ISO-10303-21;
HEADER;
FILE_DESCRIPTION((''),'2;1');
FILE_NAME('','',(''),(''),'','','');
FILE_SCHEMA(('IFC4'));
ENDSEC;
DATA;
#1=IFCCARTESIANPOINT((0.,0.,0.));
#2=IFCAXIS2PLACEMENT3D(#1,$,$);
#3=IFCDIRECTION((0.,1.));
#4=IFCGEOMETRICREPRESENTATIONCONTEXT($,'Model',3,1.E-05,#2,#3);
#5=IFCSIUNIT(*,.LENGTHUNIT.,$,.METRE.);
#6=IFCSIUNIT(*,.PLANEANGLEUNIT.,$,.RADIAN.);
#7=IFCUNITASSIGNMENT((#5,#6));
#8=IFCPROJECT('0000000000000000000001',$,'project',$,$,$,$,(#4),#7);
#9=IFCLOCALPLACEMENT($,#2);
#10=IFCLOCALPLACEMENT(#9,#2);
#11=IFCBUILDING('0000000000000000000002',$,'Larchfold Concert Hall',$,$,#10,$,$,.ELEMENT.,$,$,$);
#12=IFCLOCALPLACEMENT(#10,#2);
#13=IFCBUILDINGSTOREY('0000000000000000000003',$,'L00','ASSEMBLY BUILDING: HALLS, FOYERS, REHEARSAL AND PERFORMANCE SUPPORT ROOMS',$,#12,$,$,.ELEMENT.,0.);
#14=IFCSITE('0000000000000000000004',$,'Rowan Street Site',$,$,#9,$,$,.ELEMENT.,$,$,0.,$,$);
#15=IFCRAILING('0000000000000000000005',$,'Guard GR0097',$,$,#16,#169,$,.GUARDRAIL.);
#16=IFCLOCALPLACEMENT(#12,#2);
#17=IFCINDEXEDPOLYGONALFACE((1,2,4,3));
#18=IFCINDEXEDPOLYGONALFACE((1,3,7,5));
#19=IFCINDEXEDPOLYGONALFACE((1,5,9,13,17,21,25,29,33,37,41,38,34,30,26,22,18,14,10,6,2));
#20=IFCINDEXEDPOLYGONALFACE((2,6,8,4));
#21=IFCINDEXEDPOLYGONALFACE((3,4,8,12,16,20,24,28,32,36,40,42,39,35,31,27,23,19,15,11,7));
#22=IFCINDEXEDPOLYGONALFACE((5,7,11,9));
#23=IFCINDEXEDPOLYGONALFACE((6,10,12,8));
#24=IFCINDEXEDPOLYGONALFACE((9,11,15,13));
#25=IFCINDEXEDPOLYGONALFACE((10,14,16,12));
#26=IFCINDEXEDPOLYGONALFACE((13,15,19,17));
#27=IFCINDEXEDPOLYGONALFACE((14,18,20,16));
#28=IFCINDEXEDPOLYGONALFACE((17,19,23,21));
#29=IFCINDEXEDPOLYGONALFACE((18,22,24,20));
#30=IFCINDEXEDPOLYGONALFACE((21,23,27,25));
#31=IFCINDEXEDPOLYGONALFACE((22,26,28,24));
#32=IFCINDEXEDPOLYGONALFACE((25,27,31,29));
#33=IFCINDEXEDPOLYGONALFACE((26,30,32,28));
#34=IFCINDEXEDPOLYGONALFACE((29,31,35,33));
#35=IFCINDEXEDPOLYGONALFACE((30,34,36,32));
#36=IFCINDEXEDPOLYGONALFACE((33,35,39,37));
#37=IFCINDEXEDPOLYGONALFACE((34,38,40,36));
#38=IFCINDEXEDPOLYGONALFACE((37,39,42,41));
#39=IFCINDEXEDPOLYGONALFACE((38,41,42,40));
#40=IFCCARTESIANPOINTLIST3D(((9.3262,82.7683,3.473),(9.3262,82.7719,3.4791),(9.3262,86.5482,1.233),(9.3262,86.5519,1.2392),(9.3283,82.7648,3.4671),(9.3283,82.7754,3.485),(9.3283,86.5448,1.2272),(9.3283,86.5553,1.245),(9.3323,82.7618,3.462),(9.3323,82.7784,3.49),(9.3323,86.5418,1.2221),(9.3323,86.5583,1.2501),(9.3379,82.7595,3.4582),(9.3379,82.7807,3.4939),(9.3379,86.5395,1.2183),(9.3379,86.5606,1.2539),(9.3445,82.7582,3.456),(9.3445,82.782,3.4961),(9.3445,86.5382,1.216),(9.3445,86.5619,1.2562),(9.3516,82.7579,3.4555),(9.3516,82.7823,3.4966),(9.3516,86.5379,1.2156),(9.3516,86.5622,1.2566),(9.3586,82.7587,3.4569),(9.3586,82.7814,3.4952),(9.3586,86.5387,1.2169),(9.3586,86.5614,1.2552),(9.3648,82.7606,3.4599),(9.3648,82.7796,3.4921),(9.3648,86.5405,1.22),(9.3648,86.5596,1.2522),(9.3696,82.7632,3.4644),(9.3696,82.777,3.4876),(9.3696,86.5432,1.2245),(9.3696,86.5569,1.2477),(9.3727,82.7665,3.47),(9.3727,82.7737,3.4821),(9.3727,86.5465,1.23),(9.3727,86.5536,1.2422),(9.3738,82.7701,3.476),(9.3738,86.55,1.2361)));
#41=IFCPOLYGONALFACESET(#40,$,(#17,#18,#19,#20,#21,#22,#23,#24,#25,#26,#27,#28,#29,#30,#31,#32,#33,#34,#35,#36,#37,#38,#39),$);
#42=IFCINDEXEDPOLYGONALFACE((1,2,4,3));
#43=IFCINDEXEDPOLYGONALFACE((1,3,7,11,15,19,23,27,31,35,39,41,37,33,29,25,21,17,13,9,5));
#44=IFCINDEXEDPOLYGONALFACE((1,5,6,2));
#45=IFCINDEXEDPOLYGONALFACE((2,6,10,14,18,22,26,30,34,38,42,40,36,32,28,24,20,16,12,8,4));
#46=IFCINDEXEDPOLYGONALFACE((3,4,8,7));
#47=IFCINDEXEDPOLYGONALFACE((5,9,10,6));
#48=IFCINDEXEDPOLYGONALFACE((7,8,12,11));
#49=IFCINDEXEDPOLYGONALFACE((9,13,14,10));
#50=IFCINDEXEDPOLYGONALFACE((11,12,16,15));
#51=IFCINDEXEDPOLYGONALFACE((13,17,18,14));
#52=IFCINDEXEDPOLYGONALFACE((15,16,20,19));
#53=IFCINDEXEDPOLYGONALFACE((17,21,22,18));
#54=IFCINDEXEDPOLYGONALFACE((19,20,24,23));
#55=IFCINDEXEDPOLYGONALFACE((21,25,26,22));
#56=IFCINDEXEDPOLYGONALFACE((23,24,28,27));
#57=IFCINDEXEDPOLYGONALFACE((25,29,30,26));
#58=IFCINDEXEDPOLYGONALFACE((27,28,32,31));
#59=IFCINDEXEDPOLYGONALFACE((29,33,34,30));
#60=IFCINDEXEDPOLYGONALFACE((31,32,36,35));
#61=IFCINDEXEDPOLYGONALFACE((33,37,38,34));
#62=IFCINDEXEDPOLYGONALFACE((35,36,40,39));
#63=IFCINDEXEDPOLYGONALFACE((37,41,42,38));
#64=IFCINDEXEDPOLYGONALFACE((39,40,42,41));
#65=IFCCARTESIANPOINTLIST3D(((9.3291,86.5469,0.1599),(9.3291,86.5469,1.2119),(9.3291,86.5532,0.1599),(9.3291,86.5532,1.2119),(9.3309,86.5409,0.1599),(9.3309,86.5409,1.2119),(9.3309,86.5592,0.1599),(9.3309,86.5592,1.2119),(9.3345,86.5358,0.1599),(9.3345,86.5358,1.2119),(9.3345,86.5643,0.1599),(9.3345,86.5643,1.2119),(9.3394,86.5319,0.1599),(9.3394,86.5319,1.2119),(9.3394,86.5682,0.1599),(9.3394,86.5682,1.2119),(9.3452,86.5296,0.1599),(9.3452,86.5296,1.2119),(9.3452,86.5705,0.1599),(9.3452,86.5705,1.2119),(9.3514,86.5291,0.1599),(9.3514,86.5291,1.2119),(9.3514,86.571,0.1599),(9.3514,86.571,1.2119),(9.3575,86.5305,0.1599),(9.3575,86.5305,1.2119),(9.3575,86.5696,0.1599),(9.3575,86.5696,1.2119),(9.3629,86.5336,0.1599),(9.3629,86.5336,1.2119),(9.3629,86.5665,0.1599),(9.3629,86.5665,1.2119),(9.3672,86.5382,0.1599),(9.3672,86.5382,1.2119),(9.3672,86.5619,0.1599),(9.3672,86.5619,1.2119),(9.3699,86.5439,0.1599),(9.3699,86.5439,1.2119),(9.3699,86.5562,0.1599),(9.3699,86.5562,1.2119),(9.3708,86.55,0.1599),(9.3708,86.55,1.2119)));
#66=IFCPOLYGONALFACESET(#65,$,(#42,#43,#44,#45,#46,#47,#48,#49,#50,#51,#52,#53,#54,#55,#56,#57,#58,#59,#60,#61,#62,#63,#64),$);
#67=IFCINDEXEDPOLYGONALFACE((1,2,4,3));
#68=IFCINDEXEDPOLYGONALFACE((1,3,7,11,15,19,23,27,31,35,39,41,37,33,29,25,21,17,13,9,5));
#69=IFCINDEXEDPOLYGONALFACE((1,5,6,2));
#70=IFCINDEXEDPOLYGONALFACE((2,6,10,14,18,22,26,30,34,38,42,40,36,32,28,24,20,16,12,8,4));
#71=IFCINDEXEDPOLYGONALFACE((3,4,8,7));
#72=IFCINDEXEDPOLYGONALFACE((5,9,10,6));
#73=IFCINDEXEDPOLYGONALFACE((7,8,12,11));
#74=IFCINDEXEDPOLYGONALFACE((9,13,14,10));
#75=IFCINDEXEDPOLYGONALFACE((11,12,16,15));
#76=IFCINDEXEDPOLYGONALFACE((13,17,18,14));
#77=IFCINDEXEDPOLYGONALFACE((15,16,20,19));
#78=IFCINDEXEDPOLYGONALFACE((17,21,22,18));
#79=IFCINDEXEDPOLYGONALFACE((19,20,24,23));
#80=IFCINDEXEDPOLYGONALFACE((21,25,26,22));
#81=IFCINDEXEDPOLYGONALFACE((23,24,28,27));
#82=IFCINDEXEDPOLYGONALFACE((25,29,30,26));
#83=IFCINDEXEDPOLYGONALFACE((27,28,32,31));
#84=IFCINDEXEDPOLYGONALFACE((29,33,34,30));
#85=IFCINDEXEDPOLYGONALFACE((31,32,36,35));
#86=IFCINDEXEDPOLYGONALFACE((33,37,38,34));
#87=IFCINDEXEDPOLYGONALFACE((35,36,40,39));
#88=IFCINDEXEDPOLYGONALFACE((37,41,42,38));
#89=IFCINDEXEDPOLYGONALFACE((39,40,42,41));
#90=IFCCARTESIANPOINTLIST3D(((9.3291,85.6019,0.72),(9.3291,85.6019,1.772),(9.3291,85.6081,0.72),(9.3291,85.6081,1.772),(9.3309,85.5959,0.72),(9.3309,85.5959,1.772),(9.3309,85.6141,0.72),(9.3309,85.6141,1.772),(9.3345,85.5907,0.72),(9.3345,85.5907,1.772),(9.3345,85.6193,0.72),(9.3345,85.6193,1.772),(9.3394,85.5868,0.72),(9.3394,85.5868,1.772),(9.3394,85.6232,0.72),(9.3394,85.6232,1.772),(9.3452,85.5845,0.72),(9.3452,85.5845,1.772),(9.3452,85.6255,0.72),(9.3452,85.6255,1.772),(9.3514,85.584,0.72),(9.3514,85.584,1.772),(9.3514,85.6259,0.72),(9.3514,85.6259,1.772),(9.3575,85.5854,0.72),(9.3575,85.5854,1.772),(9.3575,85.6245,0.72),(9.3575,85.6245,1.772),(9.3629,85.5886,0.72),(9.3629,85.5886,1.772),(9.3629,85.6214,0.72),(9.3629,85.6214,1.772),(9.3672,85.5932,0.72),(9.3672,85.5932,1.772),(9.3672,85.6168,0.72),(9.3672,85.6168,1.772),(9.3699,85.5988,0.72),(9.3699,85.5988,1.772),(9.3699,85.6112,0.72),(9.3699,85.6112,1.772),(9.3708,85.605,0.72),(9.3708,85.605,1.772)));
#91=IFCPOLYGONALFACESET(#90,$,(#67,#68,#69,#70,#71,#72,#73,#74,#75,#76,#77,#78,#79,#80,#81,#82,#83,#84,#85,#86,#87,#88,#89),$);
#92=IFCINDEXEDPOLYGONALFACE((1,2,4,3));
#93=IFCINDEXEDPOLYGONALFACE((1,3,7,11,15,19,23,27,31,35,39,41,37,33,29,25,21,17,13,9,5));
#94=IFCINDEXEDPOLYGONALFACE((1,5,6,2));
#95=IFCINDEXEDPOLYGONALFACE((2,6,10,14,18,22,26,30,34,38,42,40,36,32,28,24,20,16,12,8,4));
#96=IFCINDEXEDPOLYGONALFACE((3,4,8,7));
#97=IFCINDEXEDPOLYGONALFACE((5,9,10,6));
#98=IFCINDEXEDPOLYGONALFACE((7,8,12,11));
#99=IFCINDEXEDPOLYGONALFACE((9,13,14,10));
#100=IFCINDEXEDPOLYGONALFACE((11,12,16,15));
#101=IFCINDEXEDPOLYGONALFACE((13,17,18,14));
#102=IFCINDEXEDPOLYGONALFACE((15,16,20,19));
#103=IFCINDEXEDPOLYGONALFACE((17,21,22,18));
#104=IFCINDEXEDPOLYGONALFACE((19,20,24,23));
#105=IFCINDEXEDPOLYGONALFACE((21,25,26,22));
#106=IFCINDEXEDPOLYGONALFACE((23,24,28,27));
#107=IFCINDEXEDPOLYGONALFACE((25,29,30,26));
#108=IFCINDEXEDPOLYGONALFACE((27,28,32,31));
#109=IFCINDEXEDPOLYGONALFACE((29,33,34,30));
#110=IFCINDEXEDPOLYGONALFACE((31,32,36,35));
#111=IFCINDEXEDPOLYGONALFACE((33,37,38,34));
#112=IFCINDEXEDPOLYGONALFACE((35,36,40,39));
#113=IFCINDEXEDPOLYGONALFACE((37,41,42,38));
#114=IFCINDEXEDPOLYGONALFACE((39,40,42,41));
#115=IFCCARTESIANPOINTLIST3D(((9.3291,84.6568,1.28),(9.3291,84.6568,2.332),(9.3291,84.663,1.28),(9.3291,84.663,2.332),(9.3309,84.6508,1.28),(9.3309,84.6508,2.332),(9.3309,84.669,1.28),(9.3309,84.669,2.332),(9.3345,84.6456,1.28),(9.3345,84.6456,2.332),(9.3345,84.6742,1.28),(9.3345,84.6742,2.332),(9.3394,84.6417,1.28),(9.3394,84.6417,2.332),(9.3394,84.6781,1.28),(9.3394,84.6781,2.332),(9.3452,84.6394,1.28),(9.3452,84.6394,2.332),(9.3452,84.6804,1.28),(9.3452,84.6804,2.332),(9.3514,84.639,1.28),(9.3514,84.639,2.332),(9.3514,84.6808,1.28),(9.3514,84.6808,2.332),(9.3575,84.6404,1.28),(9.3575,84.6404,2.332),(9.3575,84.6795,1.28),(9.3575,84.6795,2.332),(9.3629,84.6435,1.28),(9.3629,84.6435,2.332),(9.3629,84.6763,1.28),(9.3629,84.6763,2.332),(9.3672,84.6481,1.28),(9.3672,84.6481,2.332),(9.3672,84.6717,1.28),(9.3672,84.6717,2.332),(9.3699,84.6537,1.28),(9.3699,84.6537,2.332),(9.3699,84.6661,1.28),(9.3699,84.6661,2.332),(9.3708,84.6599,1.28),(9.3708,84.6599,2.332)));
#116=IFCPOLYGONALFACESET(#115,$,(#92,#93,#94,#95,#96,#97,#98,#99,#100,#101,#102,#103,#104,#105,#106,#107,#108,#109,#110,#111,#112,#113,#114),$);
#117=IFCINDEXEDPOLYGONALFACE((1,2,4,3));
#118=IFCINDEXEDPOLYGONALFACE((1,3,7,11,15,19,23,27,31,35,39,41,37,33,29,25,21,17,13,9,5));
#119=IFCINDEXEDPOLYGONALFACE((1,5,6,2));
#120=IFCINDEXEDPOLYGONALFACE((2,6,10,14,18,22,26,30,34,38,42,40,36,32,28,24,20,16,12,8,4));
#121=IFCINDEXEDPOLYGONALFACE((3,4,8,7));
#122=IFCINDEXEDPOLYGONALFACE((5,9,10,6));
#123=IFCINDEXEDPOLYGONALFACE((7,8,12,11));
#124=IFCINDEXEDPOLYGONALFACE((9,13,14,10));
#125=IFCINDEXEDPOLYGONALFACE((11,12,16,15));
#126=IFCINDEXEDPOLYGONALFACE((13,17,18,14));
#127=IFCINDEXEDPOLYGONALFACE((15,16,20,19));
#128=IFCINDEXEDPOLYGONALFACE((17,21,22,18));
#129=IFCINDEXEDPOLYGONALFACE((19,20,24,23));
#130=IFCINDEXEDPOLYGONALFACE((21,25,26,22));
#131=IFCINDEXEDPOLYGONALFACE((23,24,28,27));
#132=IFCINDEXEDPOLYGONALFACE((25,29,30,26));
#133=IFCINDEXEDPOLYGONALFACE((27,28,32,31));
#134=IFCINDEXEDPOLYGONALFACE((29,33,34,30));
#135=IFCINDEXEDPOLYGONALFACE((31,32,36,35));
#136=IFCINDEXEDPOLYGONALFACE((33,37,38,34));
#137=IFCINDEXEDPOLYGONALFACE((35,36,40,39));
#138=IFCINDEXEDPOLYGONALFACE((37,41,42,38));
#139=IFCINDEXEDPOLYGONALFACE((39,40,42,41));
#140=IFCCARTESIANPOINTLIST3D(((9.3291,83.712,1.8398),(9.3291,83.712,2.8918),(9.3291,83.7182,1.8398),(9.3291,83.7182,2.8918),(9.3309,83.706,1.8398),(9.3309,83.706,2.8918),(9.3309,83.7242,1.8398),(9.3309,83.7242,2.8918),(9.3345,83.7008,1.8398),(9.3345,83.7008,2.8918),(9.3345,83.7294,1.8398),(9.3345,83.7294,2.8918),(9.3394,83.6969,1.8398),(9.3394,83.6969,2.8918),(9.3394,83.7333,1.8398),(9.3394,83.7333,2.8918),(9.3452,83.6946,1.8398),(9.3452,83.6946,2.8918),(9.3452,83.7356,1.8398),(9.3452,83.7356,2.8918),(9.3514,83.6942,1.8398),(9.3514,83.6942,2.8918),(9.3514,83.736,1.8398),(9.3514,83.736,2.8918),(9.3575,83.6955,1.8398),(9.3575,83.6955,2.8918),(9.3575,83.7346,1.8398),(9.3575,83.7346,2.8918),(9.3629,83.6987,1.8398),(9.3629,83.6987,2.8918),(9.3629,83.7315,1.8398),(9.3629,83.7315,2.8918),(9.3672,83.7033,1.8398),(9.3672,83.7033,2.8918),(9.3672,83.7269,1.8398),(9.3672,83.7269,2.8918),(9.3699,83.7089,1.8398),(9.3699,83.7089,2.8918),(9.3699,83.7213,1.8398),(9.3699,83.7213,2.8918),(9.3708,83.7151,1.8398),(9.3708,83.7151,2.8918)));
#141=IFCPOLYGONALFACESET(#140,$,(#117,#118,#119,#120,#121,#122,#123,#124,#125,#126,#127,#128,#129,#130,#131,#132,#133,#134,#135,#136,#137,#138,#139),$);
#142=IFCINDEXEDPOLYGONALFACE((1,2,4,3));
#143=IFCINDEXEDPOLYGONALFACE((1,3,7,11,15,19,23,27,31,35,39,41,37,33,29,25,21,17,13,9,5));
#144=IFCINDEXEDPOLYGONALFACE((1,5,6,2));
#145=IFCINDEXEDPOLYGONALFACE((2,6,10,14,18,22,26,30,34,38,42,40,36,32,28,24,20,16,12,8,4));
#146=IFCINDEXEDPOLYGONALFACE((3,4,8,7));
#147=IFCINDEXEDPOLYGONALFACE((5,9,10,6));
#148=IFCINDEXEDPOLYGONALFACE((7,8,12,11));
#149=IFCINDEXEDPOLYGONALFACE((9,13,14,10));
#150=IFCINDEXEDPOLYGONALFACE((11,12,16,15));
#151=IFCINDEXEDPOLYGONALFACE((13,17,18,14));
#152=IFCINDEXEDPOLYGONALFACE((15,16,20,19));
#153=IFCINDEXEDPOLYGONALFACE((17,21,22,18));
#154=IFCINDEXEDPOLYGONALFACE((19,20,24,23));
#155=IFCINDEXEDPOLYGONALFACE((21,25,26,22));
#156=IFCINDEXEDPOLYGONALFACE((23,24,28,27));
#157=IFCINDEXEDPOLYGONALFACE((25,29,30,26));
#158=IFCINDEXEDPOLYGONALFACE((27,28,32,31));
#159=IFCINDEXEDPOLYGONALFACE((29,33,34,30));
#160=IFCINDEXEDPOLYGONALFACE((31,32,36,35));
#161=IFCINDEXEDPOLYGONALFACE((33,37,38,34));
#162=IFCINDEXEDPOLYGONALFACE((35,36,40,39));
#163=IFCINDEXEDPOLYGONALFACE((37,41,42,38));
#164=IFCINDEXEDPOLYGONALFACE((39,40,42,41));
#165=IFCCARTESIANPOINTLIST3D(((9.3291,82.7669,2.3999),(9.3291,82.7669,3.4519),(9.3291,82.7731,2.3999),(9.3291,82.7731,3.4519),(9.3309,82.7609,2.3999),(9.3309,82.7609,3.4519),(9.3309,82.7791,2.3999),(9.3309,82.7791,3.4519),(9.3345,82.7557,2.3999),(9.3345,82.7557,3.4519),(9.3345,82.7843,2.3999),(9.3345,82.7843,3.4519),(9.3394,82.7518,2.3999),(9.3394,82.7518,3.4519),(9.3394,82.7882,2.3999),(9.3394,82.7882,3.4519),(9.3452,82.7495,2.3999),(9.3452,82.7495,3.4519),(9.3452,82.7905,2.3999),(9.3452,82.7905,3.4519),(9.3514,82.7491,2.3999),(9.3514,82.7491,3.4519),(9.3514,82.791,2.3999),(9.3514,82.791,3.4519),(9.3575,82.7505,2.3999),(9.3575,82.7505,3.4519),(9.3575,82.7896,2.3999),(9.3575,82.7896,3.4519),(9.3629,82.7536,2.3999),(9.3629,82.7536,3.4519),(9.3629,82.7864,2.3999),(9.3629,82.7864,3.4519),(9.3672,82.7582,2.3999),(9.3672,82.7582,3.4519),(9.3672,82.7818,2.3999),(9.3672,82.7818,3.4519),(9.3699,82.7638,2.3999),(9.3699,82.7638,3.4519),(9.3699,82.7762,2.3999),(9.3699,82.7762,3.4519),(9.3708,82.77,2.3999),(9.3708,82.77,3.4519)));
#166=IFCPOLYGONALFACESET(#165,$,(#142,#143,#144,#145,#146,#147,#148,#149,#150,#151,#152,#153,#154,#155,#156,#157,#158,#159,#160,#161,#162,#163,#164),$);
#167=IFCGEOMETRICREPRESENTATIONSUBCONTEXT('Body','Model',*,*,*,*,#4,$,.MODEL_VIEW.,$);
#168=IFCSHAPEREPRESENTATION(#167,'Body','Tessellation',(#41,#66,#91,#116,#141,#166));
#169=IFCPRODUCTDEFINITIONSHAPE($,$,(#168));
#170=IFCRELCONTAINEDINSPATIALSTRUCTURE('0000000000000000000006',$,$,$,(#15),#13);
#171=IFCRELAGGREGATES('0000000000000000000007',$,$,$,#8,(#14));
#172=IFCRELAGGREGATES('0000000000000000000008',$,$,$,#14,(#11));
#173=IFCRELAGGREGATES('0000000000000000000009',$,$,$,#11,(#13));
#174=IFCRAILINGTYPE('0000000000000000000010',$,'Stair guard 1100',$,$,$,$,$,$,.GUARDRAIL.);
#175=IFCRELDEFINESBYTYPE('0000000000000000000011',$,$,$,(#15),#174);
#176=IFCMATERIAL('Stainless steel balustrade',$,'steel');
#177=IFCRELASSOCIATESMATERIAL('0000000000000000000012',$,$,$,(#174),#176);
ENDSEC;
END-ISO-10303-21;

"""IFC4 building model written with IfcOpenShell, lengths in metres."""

from ifc_helpers import new_model, si_unit, direction, frame, origin, origin_2d, place, context, subcontext, project, spatial, circle, extrude, material, type_object, element, save


model = new_model("IFC4")

# Units and contexts
model_context = context("Model", 3, precision=1e-05, world=origin(), true_north=direction((0.0, 1.0)))
body_context = subcontext(model_context, "Body", "Model", "MODEL_VIEW")
ifc_project = project(units=[si_unit("LENGTHUNIT", "METRE"), si_unit("PLANEANGLEUNIT", "RADIAN")], contexts=[model_context])

# Site, building, storey
site_placement = place(None, origin())
site = spatial("IfcSite", under=ifc_project, at=site_placement, Name="Rowan Street Site", CompositionType="ELEMENT", RefElevation=0.0)
building_placement = place(site_placement, origin())
building = spatial("IfcBuilding", under=site, at=building_placement, Name="Larchfold Concert Hall", CompositionType="ELEMENT")
storey_placement = place(building_placement, origin())
storey = spatial("IfcBuildingStorey", under=building, at=storey_placement, Name="L00", Description="ASSEMBLY BUILDING: HALLS, FOYERS, REHEARSAL AND PERFORMANCE SUPPORT ROOMS", CompositionType="ELEMENT", Elevation=0.0)

# Railing
ifc_material_1 = material(Name="Stainless steel balustrade", Category="steel")
railing_type_1 = type_object("IfcRailingType", Name="Stair guard 1100", PredefinedType="GUARDRAIL", material=ifc_material_1)
railing_1_placement = place(storey_placement, frame((9.3499, 86.55, 0.1599)))
element("IfcRailing", 1, at=railing_1_placement, inside=storey, type_object=railing_type_1, Name="Guard GR0097", PredefinedType="GUARDRAIL", context=body_context, shape_type="SweptSolid", body=[
    extrude(circle(Radius=0.0239, at=origin_2d()), frame((0.0, 0.0, 1.0762), z_axis=(0.0, -0.860294, 0.509798), x_axis=(1.0, 0.0, 0.0)), (0.0, 0.0, 1.0), 4.3938),
    extrude(circle(Radius=0.021, at=origin_2d()), origin(), (0.0, 0.0, 1.0), 1.052),
    extrude(circle(Radius=0.021, at=origin_2d()), frame((0.0, -0.9451, 0.5601)), (0.0, 0.0, 1.0), 1.052),
    extrude(circle(Radius=0.021, at=origin_2d()), frame((0.0, -1.8901, 1.1201)), (0.0, 0.0, 1.0), 1.052),
    extrude(circle(Radius=0.021, at=origin_2d()), frame((0.0, -2.835, 1.6799)), (0.0, 0.0, 1.0), 1.052),
    extrude(circle(Radius=0.021, at=origin_2d()), frame((0.0, -3.78, 2.24)), (0.0, 0.0, 1.0), 1.052),
])

save(model, "model.ifc")
